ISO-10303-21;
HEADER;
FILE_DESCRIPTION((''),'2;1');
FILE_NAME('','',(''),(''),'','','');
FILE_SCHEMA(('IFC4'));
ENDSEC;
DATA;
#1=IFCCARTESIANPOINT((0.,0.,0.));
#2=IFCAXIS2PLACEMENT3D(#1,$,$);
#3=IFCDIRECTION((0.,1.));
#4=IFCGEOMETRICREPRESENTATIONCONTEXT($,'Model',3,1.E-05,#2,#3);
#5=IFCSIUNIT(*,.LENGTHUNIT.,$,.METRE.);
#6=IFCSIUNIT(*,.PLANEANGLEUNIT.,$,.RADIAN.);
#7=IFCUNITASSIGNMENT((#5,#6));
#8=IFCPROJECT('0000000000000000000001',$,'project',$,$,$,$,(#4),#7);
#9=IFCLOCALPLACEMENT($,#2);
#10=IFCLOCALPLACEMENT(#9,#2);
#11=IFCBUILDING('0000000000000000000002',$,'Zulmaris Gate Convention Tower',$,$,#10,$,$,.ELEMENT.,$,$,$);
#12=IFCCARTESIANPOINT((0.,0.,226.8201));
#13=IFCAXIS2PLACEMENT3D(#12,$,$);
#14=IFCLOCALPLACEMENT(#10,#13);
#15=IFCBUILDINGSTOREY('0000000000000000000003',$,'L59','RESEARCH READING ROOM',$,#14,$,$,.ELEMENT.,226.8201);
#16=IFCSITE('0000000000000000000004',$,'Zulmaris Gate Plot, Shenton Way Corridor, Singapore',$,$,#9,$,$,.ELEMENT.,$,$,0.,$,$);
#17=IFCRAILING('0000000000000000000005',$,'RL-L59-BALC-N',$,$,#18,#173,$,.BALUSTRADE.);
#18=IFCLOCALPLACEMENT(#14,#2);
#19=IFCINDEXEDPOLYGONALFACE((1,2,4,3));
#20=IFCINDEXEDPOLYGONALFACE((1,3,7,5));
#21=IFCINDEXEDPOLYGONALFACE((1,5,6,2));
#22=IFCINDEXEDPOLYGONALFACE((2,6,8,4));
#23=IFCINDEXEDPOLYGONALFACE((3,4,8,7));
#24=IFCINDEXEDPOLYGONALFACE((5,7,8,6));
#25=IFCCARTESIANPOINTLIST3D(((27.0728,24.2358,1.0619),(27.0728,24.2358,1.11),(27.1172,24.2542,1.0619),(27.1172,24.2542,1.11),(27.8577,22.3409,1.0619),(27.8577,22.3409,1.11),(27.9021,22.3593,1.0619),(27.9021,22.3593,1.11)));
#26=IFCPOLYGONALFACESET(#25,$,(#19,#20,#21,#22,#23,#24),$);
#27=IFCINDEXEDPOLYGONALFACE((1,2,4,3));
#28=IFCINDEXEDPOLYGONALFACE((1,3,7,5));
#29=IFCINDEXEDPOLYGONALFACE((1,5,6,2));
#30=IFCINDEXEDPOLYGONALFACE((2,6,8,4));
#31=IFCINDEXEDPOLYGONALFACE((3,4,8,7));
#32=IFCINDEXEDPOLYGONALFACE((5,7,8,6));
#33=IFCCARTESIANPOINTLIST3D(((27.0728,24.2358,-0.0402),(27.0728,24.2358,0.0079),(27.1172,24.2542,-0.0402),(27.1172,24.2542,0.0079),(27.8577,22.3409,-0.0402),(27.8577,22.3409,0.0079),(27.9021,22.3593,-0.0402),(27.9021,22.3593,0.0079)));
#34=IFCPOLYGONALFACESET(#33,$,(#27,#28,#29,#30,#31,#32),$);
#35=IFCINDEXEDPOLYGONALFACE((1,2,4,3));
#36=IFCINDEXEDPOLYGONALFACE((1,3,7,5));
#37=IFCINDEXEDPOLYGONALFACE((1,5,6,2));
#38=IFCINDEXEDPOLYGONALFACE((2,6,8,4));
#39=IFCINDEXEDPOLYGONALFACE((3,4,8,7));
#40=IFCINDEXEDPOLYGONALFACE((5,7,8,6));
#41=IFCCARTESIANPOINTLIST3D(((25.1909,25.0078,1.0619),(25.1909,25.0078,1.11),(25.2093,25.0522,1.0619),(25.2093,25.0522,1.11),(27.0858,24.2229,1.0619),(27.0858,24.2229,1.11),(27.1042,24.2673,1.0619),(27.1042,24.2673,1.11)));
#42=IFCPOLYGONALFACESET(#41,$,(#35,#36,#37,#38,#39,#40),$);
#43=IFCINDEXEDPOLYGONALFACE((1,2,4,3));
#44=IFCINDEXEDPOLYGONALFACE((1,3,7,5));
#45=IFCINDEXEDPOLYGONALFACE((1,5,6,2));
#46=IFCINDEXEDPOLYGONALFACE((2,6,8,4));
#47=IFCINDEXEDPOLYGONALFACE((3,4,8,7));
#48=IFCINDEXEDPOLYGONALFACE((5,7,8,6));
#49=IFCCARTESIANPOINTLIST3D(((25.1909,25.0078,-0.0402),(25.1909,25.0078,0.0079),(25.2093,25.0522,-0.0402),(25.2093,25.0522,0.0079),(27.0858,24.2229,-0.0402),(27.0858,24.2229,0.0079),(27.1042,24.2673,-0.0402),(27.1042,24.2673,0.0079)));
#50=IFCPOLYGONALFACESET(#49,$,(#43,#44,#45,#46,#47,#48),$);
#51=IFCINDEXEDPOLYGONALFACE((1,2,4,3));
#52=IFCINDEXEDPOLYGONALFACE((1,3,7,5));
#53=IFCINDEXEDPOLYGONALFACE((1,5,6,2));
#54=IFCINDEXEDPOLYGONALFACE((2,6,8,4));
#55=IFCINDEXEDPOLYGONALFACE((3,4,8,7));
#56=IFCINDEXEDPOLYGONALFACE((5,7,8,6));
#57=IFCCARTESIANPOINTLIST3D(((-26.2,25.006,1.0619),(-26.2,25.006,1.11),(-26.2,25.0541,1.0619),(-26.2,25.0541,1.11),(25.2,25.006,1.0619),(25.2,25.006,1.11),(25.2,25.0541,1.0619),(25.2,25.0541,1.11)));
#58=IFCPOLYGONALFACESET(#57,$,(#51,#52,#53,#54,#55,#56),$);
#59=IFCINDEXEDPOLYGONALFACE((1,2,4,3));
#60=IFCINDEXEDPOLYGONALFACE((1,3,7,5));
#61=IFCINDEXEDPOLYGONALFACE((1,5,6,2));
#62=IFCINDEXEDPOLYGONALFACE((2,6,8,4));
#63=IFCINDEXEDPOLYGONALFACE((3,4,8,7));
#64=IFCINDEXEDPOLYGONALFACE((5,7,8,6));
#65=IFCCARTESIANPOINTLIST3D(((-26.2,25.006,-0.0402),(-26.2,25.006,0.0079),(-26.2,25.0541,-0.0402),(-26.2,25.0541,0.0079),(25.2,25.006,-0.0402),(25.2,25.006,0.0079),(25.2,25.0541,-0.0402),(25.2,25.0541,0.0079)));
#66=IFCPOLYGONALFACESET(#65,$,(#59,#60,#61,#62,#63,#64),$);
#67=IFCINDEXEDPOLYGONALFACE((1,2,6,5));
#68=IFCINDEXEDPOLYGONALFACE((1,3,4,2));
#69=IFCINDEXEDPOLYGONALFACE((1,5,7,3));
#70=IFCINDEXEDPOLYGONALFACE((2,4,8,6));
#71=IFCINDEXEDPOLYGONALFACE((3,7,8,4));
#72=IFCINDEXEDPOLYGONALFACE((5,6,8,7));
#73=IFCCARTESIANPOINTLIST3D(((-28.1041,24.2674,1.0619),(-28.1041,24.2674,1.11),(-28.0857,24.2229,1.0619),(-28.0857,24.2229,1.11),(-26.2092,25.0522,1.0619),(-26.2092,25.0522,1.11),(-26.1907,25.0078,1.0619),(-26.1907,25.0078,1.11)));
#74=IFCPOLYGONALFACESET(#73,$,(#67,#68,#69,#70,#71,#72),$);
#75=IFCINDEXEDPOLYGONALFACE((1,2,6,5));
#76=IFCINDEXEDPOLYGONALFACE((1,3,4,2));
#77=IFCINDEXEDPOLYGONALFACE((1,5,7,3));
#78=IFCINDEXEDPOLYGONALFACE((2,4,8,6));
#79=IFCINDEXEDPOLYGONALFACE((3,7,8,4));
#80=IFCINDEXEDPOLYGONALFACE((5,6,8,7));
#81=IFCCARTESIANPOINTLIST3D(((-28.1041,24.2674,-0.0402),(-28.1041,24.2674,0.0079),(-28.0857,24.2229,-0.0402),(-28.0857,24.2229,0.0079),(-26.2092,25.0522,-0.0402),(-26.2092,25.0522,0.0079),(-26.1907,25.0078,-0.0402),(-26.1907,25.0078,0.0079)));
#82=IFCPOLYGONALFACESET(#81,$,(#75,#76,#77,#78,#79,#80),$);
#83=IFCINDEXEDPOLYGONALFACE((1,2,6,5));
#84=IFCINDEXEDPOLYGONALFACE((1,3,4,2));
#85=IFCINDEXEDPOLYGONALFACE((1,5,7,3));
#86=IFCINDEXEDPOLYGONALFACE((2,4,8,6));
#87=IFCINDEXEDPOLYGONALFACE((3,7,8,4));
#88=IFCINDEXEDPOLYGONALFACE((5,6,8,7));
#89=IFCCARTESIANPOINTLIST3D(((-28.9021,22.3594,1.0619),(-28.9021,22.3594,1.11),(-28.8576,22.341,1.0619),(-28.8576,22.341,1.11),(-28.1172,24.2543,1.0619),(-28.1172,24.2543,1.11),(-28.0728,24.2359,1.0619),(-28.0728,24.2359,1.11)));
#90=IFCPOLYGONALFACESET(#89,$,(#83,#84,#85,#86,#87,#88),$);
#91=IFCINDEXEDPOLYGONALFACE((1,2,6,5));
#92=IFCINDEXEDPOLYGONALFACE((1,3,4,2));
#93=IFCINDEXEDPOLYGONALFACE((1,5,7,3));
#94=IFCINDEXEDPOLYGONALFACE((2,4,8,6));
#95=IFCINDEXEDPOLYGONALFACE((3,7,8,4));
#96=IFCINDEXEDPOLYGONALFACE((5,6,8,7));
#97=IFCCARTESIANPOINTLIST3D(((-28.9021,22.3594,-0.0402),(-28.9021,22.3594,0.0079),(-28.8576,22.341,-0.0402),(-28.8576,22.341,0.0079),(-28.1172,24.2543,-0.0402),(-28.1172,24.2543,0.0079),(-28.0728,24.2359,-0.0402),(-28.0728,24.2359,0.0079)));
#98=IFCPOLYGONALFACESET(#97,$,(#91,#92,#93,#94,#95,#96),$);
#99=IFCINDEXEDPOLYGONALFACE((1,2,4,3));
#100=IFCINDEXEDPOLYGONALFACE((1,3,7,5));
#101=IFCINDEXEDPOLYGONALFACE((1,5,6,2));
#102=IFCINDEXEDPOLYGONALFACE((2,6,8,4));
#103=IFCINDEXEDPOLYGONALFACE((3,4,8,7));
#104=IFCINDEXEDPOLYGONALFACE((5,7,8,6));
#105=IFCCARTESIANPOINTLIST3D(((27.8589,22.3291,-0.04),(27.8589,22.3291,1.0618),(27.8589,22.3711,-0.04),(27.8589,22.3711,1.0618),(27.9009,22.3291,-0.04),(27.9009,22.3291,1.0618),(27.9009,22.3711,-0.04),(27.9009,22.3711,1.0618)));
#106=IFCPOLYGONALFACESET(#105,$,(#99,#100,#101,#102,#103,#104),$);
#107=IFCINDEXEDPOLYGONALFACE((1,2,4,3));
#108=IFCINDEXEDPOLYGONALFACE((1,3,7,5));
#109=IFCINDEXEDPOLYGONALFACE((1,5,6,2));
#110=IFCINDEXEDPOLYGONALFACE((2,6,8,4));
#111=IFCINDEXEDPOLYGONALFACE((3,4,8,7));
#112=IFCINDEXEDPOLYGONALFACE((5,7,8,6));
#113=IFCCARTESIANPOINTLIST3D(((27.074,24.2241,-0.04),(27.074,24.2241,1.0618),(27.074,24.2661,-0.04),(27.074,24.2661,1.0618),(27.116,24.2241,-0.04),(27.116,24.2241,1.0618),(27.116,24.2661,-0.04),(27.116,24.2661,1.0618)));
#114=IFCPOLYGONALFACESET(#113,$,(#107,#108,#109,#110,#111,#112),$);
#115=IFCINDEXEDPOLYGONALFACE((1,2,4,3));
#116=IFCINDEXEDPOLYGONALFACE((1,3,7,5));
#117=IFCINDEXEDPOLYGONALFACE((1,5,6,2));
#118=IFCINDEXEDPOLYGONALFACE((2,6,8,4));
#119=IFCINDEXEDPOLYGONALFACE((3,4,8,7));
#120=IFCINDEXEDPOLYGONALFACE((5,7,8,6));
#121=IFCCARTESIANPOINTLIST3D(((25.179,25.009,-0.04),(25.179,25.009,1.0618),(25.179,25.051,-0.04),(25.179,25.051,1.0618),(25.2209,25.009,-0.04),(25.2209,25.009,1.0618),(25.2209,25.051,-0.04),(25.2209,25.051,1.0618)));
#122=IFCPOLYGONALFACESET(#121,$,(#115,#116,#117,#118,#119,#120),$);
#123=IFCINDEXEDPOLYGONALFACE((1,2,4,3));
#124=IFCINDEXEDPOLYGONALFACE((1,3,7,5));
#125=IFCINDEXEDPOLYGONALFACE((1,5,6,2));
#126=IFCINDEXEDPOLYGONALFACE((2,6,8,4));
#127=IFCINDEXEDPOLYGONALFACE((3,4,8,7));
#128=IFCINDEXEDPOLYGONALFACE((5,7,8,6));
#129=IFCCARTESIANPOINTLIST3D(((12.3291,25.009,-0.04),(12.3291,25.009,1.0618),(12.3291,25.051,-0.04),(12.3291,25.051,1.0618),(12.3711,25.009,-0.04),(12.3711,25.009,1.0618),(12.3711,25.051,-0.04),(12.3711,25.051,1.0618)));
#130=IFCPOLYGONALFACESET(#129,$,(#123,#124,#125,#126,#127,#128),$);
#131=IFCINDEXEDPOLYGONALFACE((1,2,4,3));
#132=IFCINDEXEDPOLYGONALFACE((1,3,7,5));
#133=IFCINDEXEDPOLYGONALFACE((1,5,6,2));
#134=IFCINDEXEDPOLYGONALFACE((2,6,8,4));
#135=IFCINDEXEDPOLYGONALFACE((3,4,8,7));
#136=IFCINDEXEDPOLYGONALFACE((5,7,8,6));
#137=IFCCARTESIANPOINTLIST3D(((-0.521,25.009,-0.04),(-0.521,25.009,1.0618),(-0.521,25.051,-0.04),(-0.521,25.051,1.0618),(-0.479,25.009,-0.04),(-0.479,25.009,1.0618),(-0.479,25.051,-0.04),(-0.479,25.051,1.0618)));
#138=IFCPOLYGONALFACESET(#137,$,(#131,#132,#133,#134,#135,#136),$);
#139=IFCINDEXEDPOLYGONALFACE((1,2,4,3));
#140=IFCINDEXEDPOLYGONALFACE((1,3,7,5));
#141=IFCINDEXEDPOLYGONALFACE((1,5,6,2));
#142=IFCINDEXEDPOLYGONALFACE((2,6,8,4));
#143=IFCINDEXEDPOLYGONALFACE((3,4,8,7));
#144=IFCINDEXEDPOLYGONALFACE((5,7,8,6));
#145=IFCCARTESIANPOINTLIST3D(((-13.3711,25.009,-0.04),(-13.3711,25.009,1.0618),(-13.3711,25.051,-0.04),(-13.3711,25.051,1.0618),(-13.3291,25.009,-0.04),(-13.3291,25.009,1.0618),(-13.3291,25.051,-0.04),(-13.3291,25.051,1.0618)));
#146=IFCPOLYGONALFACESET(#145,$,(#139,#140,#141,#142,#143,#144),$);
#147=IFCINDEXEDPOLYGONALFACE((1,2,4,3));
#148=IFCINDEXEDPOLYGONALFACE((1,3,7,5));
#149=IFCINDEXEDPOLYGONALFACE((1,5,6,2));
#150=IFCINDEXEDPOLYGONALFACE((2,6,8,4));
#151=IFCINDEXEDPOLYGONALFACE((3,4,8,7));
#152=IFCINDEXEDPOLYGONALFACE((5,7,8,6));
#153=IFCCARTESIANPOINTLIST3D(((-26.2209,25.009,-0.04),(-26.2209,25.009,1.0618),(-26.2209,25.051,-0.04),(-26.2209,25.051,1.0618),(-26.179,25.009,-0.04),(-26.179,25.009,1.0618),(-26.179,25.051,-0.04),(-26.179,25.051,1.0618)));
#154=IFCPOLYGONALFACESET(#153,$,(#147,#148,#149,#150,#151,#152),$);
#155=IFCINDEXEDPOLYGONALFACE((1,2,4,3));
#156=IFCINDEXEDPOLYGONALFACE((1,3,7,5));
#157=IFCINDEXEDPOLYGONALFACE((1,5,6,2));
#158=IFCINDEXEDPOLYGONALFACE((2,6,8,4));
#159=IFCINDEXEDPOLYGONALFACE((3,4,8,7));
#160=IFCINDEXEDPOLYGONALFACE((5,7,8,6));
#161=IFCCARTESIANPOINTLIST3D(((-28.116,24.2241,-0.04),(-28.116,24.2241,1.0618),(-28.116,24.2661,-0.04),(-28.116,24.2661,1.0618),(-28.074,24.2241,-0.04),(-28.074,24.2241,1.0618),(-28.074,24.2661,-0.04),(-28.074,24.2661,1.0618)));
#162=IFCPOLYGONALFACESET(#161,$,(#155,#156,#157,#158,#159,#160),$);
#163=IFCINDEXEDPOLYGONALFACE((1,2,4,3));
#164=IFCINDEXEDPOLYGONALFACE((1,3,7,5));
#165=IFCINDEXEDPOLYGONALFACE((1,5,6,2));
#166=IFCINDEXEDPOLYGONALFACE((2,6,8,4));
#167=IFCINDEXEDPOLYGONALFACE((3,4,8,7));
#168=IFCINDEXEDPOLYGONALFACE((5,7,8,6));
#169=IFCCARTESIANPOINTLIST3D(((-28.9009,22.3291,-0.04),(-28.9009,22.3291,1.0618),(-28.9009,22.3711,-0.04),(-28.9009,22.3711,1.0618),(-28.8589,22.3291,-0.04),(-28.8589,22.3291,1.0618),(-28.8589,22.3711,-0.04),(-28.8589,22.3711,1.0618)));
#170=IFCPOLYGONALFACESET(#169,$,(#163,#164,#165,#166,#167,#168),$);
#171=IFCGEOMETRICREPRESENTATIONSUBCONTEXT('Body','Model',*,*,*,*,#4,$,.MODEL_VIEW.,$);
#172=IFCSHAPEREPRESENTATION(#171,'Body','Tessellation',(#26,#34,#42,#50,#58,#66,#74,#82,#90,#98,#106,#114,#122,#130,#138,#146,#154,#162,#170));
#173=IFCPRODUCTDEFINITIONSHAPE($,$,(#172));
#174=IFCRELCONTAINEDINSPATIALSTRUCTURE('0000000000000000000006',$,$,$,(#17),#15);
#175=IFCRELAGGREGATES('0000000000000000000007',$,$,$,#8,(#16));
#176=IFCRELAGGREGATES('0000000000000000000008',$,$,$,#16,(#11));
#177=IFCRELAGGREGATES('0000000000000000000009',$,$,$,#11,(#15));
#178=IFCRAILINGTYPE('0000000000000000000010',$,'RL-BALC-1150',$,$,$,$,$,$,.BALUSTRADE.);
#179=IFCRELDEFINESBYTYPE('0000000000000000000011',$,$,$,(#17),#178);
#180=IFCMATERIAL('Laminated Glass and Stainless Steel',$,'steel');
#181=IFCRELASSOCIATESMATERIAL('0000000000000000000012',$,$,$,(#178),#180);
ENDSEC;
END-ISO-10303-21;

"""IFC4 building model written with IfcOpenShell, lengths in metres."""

from ifc_helpers import new_model, si_unit, direction, frame, origin, origin_2d, place, context, subcontext, project, spatial, rectangle, extrude, material, type_object, element, save


model = new_model("IFC4")

# Units and contexts
model_context = context("Model", 3, precision=1e-05, world=origin(), true_north=direction((0.0, 1.0)))
body_context = subcontext(model_context, "Body", "Model", "MODEL_VIEW")
ifc_project = project(units=[si_unit("LENGTHUNIT", "METRE"), si_unit("PLANEANGLEUNIT", "RADIAN")], contexts=[model_context])

# Site, building, storey
site_placement = place(None, origin())
site = spatial("IfcSite", under=ifc_project, at=site_placement, Name="Zulmaris Gate Plot, Shenton Way Corridor, Singapore", CompositionType="ELEMENT", RefElevation=0.0)
building_placement = place(site_placement, origin())
building = spatial("IfcBuilding", under=site, at=building_placement, Name="Zulmaris Gate Convention Tower", CompositionType="ELEMENT")
storey_placement = place(building_placement, frame((0.0, 0.0, 226.8201)))
storey = spatial("IfcBuildingStorey", under=building, at=storey_placement, Name="L59", Description="RESEARCH READING ROOM", CompositionType="ELEMENT", Elevation=226.8201)

# Railing
ifc_material_1 = material(Name="Laminated Glass and Stainless Steel", Category="steel")
railing_type = type_object("IfcRailingType", Name="RL-BALC-1150", PredefinedType="BALUSTRADE", material=ifc_material_1)
railing_placement = place(storey_placement, frame((27.8799, 22.3501, -0.04)))
element("IfcRailing", 1, at=railing_placement, inside=storey, type_object=railing_type, Name="RL-L59-BALC-N", PredefinedType="BALUSTRADE", context=body_context, shape_type="SweptSolid", body=[
    extrude(rectangle(XDim=0.0481, YDim=0.0481, at=origin_2d()), frame((0.0, 0.0, 1.126), z_axis=(-0.382671, 0.923885, 0.0), x_axis=(-0.923885, -0.382671, 0.0)), (0.0, 0.0, 1.0), 2.051),
    extrude(rectangle(XDim=0.0481, YDim=0.0481, at=origin_2d()), frame((0.0, 0.0, 0.0239), z_axis=(-0.382671, 0.923885, 0.0), x_axis=(-0.923885, -0.382671, 0.0)), (0.0, 0.0, 1.0), 2.051),
    extrude(rectangle(XDim=0.0481, YDim=0.0481, at=origin_2d()), frame((-0.7849, 1.895, 1.126), z_axis=(-0.923885, 0.382671, 0.0), x_axis=(-0.382671, -0.923885, 0.0)), (0.0, 0.0, 1.0), 2.051),
    extrude(rectangle(XDim=0.0481, YDim=0.0481, at=origin_2d()), frame((-0.7849, 1.895, 0.0239), z_axis=(-0.923885, 0.382671, 0.0), x_axis=(-0.382671, -0.923885, 0.0)), (0.0, 0.0, 1.0), 2.051),
    extrude(rectangle(XDim=0.0481, YDim=0.0481, at=origin_2d()), frame((-2.6799, 2.6799, 1.126), z_axis=(-1.0, 0.0, 0.0), x_axis=(0.0, -1.0, 0.0)), (0.0, 0.0, 1.0), 51.3999),
    extrude(rectangle(XDim=0.0481, YDim=0.0481, at=origin_2d()), frame((-2.6799, 2.6799, 0.0239), z_axis=(-1.0, 0.0, 0.0), x_axis=(0.0, -1.0, 0.0)), (0.0, 0.0, 1.0), 51.3999),
    extrude(rectangle(XDim=0.0481, YDim=0.0481, at=origin_2d()), frame((-54.0798, 2.6799, 1.126), z_axis=(-0.923885, -0.382671, 0.0), x_axis=(0.382671, -0.923885, 0.0)), (0.0, 0.0, 1.0), 2.051),
    extrude(rectangle(XDim=0.0481, YDim=0.0481, at=origin_2d()), frame((-54.0798, 2.6799, 0.0239), z_axis=(-0.923885, -0.382671, 0.0), x_axis=(0.382671, -0.923885, 0.0)), (0.0, 0.0, 1.0), 2.051),
    extrude(rectangle(XDim=0.0481, YDim=0.0481, at=origin_2d()), frame((-55.9749, 1.895, 1.126), z_axis=(-0.382671, -0.923885, 0.0), x_axis=(0.923885, -0.382671, 0.0)), (0.0, 0.0, 1.0), 2.051),
    extrude(rectangle(XDim=0.0481, YDim=0.0481, at=origin_2d()), frame((-55.9749, 1.895, 0.0239), z_axis=(-0.382671, -0.923885, 0.0), x_axis=(0.923885, -0.382671, 0.0)), (0.0, 0.0, 1.0), 2.051),
    extrude(rectangle(XDim=0.042, YDim=0.042, at=origin_2d()), origin(), (0.0, 0.0, 1.0), 1.1018),
    extrude(rectangle(XDim=0.042, YDim=0.042, at=origin_2d()), frame((-0.7849, 1.895, 0.0)), (0.0, 0.0, 1.0), 1.1018),
    extrude(rectangle(XDim=0.042, YDim=0.042, at=origin_2d()), frame((-2.6799, 2.6799, 0.0)), (0.0, 0.0, 1.0), 1.1018),
    extrude(rectangle(XDim=0.042, YDim=0.042, at=origin_2d()), frame((-15.5298, 2.6799, 0.0)), (0.0, 0.0, 1.0), 1.1018),
    extrude(rectangle(XDim=0.042, YDim=0.042, at=origin_2d()), frame((-28.3799, 2.6799, 0.0)), (0.0, 0.0, 1.0), 1.1018),
    extrude(rectangle(XDim=0.042, YDim=0.042, at=origin_2d()), frame((-41.23, 2.6799, 0.0)), (0.0, 0.0, 1.0), 1.1018),
    extrude(rectangle(XDim=0.042, YDim=0.042, at=origin_2d()), frame((-54.0798, 2.6799, 0.0)), (0.0, 0.0, 1.0), 1.1018),
    extrude(rectangle(XDim=0.042, YDim=0.042, at=origin_2d()), frame((-55.9749, 1.895, 0.0)), (0.0, 0.0, 1.0), 1.1018),
    extrude(rectangle(XDim=0.042, YDim=0.042, at=origin_2d()), frame((-56.7598, 0.0, 0.0)), (0.0, 0.0, 1.0), 1.1018),
])

save(model, "model.ifc")
